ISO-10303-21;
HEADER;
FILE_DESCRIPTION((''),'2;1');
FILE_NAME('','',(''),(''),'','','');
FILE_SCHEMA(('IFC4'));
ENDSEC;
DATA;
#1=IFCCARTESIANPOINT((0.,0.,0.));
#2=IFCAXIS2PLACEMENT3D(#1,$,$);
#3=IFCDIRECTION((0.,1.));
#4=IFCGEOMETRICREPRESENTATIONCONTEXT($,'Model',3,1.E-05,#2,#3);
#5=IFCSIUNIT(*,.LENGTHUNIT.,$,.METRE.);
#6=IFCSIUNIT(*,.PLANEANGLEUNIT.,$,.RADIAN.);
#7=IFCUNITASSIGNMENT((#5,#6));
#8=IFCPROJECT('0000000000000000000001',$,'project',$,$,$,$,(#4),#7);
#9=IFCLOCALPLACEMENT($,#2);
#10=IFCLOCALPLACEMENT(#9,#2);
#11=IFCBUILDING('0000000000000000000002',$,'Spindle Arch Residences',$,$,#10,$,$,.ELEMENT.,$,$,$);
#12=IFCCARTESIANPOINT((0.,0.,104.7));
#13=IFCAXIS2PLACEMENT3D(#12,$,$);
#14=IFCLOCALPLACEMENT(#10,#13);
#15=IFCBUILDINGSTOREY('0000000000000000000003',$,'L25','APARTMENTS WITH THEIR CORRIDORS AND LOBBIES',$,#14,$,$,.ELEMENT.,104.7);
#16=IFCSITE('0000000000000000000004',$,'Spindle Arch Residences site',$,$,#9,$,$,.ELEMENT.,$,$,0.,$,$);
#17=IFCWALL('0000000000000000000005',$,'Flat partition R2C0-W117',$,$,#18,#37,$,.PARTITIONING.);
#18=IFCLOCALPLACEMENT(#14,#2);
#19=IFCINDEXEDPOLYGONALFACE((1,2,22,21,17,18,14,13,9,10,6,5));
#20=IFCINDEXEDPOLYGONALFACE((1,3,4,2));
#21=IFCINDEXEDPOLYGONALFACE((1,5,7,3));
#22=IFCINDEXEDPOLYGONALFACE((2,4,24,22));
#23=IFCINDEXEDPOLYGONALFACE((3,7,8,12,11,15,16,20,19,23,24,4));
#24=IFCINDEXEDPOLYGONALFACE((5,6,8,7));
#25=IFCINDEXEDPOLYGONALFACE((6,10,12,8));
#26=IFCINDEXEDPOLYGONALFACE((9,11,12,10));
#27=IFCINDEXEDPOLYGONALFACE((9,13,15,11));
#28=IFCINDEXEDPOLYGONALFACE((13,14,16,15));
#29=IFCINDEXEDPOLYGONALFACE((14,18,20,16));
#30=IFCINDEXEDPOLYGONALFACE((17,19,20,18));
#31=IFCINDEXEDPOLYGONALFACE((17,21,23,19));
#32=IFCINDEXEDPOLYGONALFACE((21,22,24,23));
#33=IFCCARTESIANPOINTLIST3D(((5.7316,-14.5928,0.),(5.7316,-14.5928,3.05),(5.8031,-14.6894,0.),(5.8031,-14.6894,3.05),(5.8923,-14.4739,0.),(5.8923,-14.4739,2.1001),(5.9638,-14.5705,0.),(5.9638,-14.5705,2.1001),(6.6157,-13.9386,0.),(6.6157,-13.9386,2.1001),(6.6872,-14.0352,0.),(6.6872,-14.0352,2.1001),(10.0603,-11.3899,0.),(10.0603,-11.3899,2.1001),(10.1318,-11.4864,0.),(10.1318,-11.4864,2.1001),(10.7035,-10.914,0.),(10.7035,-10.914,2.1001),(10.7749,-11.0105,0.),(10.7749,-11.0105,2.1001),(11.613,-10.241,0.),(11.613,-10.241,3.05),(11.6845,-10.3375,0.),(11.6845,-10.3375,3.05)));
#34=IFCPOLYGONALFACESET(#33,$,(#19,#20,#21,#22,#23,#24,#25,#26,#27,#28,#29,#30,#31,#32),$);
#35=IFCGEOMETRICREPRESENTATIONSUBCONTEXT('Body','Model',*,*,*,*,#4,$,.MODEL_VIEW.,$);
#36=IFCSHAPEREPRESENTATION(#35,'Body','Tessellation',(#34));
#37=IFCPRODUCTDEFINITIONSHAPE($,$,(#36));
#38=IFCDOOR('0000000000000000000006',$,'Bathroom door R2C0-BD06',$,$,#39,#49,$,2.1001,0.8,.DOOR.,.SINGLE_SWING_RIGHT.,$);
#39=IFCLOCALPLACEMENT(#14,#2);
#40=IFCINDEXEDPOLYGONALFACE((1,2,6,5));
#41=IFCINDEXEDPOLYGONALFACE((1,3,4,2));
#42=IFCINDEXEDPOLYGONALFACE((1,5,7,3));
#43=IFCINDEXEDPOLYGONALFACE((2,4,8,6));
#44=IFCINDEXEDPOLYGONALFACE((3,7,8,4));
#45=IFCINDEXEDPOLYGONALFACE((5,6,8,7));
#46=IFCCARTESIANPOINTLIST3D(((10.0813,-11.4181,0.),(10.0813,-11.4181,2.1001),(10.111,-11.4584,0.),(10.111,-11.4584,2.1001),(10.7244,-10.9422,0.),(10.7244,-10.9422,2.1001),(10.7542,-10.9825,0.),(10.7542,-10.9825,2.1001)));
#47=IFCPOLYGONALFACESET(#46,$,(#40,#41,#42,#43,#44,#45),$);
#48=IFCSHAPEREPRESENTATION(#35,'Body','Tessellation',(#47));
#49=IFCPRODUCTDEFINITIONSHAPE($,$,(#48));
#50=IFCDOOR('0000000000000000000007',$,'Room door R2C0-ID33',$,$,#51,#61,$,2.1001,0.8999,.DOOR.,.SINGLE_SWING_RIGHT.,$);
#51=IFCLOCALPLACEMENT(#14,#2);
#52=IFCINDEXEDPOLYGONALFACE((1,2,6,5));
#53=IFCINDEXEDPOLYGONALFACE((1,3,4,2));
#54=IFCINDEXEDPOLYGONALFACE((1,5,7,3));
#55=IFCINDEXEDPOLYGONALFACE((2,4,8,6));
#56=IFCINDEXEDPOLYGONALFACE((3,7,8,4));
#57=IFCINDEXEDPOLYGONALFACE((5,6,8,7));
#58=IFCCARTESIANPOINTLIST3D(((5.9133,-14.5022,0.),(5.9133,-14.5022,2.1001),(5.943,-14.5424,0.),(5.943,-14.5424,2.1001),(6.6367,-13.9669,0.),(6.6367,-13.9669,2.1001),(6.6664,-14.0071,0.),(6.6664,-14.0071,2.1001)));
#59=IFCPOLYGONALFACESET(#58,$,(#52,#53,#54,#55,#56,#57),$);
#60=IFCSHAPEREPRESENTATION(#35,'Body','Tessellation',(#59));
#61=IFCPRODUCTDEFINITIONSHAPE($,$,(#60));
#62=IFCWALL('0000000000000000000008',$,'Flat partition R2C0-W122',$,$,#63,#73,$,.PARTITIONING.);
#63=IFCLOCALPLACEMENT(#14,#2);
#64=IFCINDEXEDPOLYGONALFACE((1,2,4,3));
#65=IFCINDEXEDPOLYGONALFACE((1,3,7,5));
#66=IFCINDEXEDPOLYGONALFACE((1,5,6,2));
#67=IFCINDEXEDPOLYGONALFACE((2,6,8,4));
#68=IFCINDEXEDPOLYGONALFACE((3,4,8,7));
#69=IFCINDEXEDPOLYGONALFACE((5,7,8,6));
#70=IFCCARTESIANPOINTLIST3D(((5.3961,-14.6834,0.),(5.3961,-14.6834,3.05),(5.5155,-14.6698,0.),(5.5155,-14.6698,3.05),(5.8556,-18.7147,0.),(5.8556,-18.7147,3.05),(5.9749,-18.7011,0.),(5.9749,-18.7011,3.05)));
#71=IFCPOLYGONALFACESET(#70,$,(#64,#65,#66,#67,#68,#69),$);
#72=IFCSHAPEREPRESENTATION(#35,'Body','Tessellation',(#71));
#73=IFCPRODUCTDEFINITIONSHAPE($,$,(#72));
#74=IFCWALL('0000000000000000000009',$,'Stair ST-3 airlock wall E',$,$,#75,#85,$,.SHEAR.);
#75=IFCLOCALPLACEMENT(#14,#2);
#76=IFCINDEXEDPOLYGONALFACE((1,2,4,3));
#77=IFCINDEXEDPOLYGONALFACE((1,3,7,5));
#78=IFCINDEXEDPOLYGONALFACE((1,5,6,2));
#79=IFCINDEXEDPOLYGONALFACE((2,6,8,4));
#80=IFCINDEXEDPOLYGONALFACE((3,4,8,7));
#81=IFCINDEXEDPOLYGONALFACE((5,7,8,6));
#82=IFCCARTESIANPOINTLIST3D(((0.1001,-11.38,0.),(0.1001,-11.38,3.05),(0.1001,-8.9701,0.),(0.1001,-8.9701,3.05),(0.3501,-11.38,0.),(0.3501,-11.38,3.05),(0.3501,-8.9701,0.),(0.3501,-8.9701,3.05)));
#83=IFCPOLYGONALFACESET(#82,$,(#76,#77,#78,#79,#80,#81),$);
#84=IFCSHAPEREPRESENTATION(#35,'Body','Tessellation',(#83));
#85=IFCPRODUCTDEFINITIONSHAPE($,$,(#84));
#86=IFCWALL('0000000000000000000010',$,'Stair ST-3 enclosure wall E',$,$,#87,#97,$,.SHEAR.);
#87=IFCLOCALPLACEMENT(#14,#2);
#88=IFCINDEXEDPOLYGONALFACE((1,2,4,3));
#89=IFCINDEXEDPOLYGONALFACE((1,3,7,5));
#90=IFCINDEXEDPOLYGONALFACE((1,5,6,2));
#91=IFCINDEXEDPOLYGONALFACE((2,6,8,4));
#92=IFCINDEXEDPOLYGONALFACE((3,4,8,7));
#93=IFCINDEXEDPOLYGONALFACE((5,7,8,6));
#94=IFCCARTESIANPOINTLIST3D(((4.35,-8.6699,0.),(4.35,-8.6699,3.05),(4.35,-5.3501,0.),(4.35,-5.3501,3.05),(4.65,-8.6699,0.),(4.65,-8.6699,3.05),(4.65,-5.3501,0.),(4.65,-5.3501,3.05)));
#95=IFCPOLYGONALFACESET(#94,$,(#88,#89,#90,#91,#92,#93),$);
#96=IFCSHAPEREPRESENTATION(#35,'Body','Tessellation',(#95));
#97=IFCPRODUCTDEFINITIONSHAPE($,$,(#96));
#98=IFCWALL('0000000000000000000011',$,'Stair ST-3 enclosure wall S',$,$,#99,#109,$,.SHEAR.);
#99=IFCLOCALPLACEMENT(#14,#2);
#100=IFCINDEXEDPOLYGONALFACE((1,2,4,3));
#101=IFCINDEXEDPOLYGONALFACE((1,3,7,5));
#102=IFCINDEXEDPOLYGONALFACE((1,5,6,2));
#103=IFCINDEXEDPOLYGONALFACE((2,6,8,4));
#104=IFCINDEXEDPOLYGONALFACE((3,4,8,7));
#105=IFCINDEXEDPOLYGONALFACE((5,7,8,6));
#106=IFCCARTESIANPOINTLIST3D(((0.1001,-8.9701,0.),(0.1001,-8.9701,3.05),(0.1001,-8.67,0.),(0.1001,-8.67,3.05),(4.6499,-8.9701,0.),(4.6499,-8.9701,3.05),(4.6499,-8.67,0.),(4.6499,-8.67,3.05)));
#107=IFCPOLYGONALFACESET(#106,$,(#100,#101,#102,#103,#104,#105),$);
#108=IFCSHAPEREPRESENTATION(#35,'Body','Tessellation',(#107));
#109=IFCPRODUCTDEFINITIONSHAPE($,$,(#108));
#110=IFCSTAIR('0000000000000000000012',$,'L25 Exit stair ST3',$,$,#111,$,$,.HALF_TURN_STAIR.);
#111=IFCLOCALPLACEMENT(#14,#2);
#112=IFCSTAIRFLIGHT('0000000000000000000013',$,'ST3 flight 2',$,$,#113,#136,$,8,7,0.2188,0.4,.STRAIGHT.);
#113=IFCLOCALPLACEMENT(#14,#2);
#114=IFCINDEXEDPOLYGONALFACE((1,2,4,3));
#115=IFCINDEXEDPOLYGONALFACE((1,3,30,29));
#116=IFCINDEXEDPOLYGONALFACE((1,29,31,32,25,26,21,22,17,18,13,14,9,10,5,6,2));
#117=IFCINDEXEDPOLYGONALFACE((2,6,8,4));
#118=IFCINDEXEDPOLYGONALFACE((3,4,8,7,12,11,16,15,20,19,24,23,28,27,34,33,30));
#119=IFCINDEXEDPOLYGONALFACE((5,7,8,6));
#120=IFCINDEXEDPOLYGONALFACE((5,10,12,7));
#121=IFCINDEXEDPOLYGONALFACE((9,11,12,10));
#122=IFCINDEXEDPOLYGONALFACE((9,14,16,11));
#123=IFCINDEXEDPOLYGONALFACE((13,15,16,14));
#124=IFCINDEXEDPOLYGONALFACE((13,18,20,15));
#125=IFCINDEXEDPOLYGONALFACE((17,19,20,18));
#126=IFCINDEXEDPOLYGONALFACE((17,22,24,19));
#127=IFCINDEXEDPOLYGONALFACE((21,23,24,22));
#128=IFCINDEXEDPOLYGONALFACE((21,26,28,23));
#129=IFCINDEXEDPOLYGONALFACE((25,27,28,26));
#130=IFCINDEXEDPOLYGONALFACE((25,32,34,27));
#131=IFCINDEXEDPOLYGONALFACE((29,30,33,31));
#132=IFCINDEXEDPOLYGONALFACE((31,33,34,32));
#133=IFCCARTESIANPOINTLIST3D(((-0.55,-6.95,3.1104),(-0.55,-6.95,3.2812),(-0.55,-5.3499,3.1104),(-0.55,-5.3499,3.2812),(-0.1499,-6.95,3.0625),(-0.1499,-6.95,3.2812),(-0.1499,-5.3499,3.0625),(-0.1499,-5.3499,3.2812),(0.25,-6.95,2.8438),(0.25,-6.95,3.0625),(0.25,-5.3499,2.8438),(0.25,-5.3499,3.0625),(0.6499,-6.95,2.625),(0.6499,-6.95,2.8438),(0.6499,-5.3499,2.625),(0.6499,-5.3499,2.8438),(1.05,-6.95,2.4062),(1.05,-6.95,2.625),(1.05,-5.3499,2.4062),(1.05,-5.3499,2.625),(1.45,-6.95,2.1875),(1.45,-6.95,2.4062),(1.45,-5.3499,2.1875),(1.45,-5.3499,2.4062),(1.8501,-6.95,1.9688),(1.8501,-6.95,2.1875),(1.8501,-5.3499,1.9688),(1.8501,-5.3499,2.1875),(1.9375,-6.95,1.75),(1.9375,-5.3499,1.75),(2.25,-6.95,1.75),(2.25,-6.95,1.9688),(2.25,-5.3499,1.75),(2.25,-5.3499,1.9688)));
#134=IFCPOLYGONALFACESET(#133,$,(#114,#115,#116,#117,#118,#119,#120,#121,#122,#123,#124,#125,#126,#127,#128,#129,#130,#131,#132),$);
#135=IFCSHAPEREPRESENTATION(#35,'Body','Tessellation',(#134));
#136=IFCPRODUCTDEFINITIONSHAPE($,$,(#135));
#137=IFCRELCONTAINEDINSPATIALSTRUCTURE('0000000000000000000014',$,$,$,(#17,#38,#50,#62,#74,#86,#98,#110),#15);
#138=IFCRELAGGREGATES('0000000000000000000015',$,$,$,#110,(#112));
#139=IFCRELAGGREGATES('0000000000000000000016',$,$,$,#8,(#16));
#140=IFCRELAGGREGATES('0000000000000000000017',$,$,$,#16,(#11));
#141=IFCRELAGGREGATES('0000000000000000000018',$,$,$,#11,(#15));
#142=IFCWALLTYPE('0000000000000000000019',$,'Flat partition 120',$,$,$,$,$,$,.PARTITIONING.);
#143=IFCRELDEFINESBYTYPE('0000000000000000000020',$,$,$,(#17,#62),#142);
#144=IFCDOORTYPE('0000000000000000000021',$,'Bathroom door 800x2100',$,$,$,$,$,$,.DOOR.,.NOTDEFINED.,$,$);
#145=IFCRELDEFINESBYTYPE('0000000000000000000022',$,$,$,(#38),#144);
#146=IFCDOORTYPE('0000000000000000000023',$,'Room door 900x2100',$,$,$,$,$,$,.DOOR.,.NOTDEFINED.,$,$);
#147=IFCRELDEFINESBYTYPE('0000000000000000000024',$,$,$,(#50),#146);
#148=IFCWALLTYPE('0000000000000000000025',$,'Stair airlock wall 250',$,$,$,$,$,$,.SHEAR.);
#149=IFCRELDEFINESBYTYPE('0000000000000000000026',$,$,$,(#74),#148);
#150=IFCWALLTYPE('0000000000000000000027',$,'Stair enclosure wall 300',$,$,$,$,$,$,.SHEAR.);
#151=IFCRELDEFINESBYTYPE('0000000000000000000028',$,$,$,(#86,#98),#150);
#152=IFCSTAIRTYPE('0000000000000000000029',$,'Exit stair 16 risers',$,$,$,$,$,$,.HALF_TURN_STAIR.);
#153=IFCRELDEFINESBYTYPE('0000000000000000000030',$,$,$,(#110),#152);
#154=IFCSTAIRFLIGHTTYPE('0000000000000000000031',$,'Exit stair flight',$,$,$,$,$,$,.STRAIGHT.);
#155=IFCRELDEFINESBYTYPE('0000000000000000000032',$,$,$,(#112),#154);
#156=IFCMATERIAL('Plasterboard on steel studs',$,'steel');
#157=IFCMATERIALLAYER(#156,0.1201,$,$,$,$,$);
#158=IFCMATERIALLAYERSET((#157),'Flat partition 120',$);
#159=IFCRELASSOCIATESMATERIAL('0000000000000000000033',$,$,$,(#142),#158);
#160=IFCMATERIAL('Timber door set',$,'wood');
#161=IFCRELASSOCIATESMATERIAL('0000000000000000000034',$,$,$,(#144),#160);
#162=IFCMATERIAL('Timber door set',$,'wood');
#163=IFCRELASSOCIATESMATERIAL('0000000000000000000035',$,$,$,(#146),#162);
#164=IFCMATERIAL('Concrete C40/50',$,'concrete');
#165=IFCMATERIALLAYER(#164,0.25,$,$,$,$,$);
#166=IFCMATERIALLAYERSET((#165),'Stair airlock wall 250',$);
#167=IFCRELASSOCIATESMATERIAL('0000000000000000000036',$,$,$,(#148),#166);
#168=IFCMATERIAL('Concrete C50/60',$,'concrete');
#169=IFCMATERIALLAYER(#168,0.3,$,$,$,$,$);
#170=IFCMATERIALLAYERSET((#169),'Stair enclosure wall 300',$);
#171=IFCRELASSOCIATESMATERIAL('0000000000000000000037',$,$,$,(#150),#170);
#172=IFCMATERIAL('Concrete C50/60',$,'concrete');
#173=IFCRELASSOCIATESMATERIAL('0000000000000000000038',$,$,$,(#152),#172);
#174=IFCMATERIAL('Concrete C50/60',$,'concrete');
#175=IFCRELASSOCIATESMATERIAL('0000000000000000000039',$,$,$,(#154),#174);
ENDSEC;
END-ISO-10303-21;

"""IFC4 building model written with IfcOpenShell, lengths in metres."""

from ifc_helpers import new_model, si_unit, direction, frame, frame_2d, origin, place, context, subcontext, project, spatial, polyline, rectangle, outline, extrude, material, layer, layer_set, type_object, element, fill, aggregate, save


model = new_model("IFC4")

# Units and contexts
model_context = context("Model", 3, precision=1e-05, world=origin(), true_north=direction((0.0, 1.0)))
body_context = subcontext(model_context, "Body", "Model", "MODEL_VIEW")
ifc_project = project(units=[si_unit("LENGTHUNIT", "METRE"), si_unit("PLANEANGLEUNIT", "RADIAN")], contexts=[model_context])

# Site, building, storey
site_placement = place(None, origin())
site = spatial("IfcSite", under=ifc_project, at=site_placement, Name="Spindle Arch Residences site", CompositionType="ELEMENT", RefElevation=0.0)
building_placement = place(site_placement, origin())
building = spatial("IfcBuilding", under=site, at=building_placement, Name="Spindle Arch Residences", CompositionType="ELEMENT")
storey_placement = place(building_placement, frame((0.0, 0.0, 104.7)))
storey = spatial("IfcBuildingStorey", under=building, at=storey_placement, Name="L25", Description="APARTMENTS WITH THEIR CORRIDORS AND LOBBIES", CompositionType="ELEMENT", Elevation=104.7)

# Shared definitions
ifc_material_1 = material(Name="Plasterboard on steel studs", Category="steel")
ifc_layer_1 = layer(ifc_material_1, 0.1201)
ifc_layer_set_1 = layer_set([ifc_layer_1], Name="Flat partition 120")
wall_type_1 = type_object("IfcWallType", Name="Flat partition 120", PredefinedType="PARTITIONING", material=ifc_layer_set_1)

# Wall, openings, doors
wall_1_placement = place(storey_placement, frame((5.7673, -14.6411, 0.0), z_axis=(0.0, 0.0, 1.0), x_axis=(0.803867, 0.594809, 0.0)))
wall_1 = element("IfcWall", 1, at=wall_1_placement, inside=storey, type_object=wall_type_1, Name="Flat partition R2C0-W117", PredefinedType="PARTITIONING", context=body_context, shape_type="SweptSolid", body=[
    extrude(rectangle(XDim=7.3164, YDim=0.1201, at=frame_2d((3.6582, 0.0))), origin(), (0.0, 0.0, 1.0), 3.05),
])
opening_1_placement = place(wall_1_placement, frame((0.2, 0.0, 0.0)))
opening_1 = element("IfcOpeningElement", 2, at=opening_1_placement, cuts=wall_1, PredefinedType="OPENING", context=body_context, shape_type="SweptSolid", body=[
    extrude(rectangle(XDim=0.8999, YDim=2.1001, at=frame_2d((0.45, 1.05))), frame((0.0, 0.0701, 0.0), z_axis=(0.0, -1.0, 0.0), x_axis=(1.0, 0.0, 0.0)), (0.0, 0.0, 1.0), 0.1401),
])
opening_2_placement = place(wall_1_placement, frame((5.385, 0.0, 0.0)))
opening_2 = element("IfcOpeningElement", 3, at=opening_2_placement, cuts=wall_1, PredefinedType="OPENING", context=body_context, shape_type="SweptSolid", body=[
    extrude(rectangle(XDim=0.8, YDim=2.1001, at=frame_2d((0.3999, 1.05))), frame((0.0, 0.0701, 0.0), z_axis=(0.0, -1.0, 0.0), x_axis=(1.0, 0.0, 0.0)), (0.0, 0.0, 1.0), 0.1401),
])
ifc_material_2 = material(Name="Timber door set", Category="wood")
door_type_1 = type_object("IfcDoorType", Name="Bathroom door 800x2100", OperationType="NOTDEFINED", PredefinedType="DOOR", material=ifc_material_2)
door_1_placement = place(opening_2_placement, origin())
door_1 = element("IfcDoor", 4, at=door_1_placement, inside=storey, type_object=door_type_1, Name="Bathroom door R2C0-BD06", OperationType="SINGLE_SWING_RIGHT", OverallHeight=2.1001, OverallWidth=0.8, PredefinedType="DOOR", context=body_context, shape_type="SweptSolid", body=[
    extrude(rectangle(XDim=0.8, YDim=2.1001, at=frame_2d((0.3999, 1.05))), frame((0.0, 0.0249, 0.0), z_axis=(0.0, -1.0, 0.0), x_axis=(1.0, 0.0, 0.0)), (0.0, 0.0, 1.0), 0.05),
])
fill(opening_2, door_1)
ifc_material_3 = material(Name="Timber door set", Category="wood")
door_type_2 = type_object("IfcDoorType", Name="Room door 900x2100", OperationType="NOTDEFINED", PredefinedType="DOOR", material=ifc_material_3)
door_2_placement = place(opening_1_placement, origin())
door_2 = element("IfcDoor", 5, at=door_2_placement, inside=storey, type_object=door_type_2, Name="Room door R2C0-ID33", OperationType="SINGLE_SWING_RIGHT", OverallHeight=2.1001, OverallWidth=0.8999, PredefinedType="DOOR", context=body_context, shape_type="SweptSolid", body=[
    extrude(rectangle(XDim=0.8999, YDim=2.1001, at=frame_2d((0.45, 1.05))), frame((0.0, 0.0249, 0.0), z_axis=(0.0, -1.0, 0.0), x_axis=(1.0, 0.0, 0.0)), (0.0, 0.0, 1.0), 0.05),
])
fill(opening_1, door_2)

# Walls
wall_2_placement = place(storey_placement, frame((5.9153, -18.708, 0.0), z_axis=(0.0, 0.0, 1.0), x_axis=(-0.113245, 0.993567, 0.0)))
element("IfcWall", 6, at=wall_2_placement, inside=storey, type_object=wall_type_1, Name="Flat partition R2C0-W122", PredefinedType="PARTITIONING", context=body_context, shape_type="SweptSolid", body=[
    extrude(rectangle(XDim=4.0574, YDim=0.1201, at=frame_2d((2.0288, 0.0))), origin(), (0.0, 0.0, 1.0), 3.05),
])
ifc_material_4 = material(Name="Concrete C40/50", Category="concrete")
ifc_layer_2 = layer(ifc_material_4, 0.25)
ifc_layer_set_2 = layer_set([ifc_layer_2], Name="Stair airlock wall 250")
wall_type_2 = type_object("IfcWallType", Name="Stair airlock wall 250", PredefinedType="SHEAR", material=ifc_layer_set_2)
wall_3_placement = place(storey_placement, frame((0.2251, -8.97, 0.0), z_axis=(0.0, 0.0, 1.0), x_axis=(0.0, -1.0, 0.0)))
element("IfcWall", 7, at=wall_3_placement, inside=storey, type_object=wall_type_2, Name="Stair ST-3 airlock wall E", PredefinedType="SHEAR", context=body_context, shape_type="SweptSolid", body=[
    extrude(rectangle(XDim=2.4099, YDim=0.25, at=frame_2d((1.2051, 0.0))), origin(), (0.0, 0.0, 1.0), 3.05),
])
ifc_material_5 = material(Name="Concrete C50/60", Category="concrete")
ifc_layer_3 = layer(ifc_material_5, 0.3)
ifc_layer_set_3 = layer_set([ifc_layer_3], Name="Stair enclosure wall 300")
wall_type_3 = type_object("IfcWallType", Name="Stair enclosure wall 300", PredefinedType="SHEAR", material=ifc_layer_set_3)
wall_4_placement = place(storey_placement, frame((4.5, -8.6699, 0.0), z_axis=(0.0, 0.0, 1.0), x_axis=(0.0, 1.0, 0.0)))
element("IfcWall", 8, at=wall_4_placement, inside=storey, type_object=wall_type_3, Name="Stair ST-3 enclosure wall E", PredefinedType="SHEAR", context=body_context, shape_type="SweptSolid", body=[
    extrude(rectangle(XDim=3.3198, YDim=0.3, at=frame_2d((1.6599, 0.0))), origin(), (0.0, 0.0, 1.0), 3.05),
])
wall_5_placement = place(storey_placement, frame((0.1001, -8.8201, 0.0), z_axis=(0.0, 0.0, 1.0), x_axis=(1.0, 0.0, 0.0)))
element("IfcWall", 9, at=wall_5_placement, inside=storey, type_object=wall_type_3, Name="Stair ST-3 enclosure wall S", PredefinedType="SHEAR", context=body_context, shape_type="SweptSolid", body=[
    extrude(rectangle(XDim=4.5498, YDim=0.3, at=frame_2d((2.2749, 0.0))), origin(), (0.0, 0.0, 1.0), 3.05),
])

# Stair, stair flight
ifc_material_6 = material(Name="Concrete C50/60", Category="concrete")
stair_type = type_object("IfcStairType", Name="Exit stair 16 risers", PredefinedType="HALF_TURN_STAIR", material=ifc_material_6)
stair_placement = place(storey_placement, origin())
stair = element("IfcStair", 10, at=stair_placement, inside=storey, type_object=stair_type, Name="L25 Exit stair ST3", PredefinedType="HALF_TURN_STAIR")
ifc_material_7 = material(Name="Concrete C50/60", Category="concrete")
stair_flight_type = type_object("IfcStairFlightType", Name="Exit stair flight", PredefinedType="STRAIGHT", material=ifc_material_7)
stair_flight_placement = place(storey_placement, frame((2.25, -6.1499, 1.75), z_axis=(0.0, 0.0, 1.0), x_axis=(-1.0, 0.0, 0.0)))
stair_flight = element("IfcStairFlight", 11, at=stair_flight_placement, type_object=stair_flight_type, Name="ST3 flight 2", NumberOfRisers=8, NumberOfTreads=7, PredefinedType="STRAIGHT", RiserHeight=0.2188, TreadLength=0.4, context=body_context, shape_type="SweptSolid", body=[
    extrude(outline(polyline([(0.0, 0.0), (0.0, 0.2188), (0.3999, 0.2188), (0.3999, 0.4375), (0.8, 0.4375), (0.8, 0.6562), (1.2, 0.6562), (1.2, 0.875), (1.6001, 0.875), (1.6001, 1.0938), (2.0, 1.0938), (2.0, 1.3125), (2.3999, 1.3125), (2.3999, 1.5312), (2.8, 1.5312), (2.8, 1.75), (2.8, 1.3604), (0.3125, 0.0), (0.0, 0.0)])), frame((0.0, 0.8, 0.0), z_axis=(0.0, -1.0, 0.0), x_axis=(1.0, 0.0, 0.0)), (0.0, 0.0, 1.0), 1.6001),
])
aggregate(stair, [stair_flight])

save(model, "model.ifc")
